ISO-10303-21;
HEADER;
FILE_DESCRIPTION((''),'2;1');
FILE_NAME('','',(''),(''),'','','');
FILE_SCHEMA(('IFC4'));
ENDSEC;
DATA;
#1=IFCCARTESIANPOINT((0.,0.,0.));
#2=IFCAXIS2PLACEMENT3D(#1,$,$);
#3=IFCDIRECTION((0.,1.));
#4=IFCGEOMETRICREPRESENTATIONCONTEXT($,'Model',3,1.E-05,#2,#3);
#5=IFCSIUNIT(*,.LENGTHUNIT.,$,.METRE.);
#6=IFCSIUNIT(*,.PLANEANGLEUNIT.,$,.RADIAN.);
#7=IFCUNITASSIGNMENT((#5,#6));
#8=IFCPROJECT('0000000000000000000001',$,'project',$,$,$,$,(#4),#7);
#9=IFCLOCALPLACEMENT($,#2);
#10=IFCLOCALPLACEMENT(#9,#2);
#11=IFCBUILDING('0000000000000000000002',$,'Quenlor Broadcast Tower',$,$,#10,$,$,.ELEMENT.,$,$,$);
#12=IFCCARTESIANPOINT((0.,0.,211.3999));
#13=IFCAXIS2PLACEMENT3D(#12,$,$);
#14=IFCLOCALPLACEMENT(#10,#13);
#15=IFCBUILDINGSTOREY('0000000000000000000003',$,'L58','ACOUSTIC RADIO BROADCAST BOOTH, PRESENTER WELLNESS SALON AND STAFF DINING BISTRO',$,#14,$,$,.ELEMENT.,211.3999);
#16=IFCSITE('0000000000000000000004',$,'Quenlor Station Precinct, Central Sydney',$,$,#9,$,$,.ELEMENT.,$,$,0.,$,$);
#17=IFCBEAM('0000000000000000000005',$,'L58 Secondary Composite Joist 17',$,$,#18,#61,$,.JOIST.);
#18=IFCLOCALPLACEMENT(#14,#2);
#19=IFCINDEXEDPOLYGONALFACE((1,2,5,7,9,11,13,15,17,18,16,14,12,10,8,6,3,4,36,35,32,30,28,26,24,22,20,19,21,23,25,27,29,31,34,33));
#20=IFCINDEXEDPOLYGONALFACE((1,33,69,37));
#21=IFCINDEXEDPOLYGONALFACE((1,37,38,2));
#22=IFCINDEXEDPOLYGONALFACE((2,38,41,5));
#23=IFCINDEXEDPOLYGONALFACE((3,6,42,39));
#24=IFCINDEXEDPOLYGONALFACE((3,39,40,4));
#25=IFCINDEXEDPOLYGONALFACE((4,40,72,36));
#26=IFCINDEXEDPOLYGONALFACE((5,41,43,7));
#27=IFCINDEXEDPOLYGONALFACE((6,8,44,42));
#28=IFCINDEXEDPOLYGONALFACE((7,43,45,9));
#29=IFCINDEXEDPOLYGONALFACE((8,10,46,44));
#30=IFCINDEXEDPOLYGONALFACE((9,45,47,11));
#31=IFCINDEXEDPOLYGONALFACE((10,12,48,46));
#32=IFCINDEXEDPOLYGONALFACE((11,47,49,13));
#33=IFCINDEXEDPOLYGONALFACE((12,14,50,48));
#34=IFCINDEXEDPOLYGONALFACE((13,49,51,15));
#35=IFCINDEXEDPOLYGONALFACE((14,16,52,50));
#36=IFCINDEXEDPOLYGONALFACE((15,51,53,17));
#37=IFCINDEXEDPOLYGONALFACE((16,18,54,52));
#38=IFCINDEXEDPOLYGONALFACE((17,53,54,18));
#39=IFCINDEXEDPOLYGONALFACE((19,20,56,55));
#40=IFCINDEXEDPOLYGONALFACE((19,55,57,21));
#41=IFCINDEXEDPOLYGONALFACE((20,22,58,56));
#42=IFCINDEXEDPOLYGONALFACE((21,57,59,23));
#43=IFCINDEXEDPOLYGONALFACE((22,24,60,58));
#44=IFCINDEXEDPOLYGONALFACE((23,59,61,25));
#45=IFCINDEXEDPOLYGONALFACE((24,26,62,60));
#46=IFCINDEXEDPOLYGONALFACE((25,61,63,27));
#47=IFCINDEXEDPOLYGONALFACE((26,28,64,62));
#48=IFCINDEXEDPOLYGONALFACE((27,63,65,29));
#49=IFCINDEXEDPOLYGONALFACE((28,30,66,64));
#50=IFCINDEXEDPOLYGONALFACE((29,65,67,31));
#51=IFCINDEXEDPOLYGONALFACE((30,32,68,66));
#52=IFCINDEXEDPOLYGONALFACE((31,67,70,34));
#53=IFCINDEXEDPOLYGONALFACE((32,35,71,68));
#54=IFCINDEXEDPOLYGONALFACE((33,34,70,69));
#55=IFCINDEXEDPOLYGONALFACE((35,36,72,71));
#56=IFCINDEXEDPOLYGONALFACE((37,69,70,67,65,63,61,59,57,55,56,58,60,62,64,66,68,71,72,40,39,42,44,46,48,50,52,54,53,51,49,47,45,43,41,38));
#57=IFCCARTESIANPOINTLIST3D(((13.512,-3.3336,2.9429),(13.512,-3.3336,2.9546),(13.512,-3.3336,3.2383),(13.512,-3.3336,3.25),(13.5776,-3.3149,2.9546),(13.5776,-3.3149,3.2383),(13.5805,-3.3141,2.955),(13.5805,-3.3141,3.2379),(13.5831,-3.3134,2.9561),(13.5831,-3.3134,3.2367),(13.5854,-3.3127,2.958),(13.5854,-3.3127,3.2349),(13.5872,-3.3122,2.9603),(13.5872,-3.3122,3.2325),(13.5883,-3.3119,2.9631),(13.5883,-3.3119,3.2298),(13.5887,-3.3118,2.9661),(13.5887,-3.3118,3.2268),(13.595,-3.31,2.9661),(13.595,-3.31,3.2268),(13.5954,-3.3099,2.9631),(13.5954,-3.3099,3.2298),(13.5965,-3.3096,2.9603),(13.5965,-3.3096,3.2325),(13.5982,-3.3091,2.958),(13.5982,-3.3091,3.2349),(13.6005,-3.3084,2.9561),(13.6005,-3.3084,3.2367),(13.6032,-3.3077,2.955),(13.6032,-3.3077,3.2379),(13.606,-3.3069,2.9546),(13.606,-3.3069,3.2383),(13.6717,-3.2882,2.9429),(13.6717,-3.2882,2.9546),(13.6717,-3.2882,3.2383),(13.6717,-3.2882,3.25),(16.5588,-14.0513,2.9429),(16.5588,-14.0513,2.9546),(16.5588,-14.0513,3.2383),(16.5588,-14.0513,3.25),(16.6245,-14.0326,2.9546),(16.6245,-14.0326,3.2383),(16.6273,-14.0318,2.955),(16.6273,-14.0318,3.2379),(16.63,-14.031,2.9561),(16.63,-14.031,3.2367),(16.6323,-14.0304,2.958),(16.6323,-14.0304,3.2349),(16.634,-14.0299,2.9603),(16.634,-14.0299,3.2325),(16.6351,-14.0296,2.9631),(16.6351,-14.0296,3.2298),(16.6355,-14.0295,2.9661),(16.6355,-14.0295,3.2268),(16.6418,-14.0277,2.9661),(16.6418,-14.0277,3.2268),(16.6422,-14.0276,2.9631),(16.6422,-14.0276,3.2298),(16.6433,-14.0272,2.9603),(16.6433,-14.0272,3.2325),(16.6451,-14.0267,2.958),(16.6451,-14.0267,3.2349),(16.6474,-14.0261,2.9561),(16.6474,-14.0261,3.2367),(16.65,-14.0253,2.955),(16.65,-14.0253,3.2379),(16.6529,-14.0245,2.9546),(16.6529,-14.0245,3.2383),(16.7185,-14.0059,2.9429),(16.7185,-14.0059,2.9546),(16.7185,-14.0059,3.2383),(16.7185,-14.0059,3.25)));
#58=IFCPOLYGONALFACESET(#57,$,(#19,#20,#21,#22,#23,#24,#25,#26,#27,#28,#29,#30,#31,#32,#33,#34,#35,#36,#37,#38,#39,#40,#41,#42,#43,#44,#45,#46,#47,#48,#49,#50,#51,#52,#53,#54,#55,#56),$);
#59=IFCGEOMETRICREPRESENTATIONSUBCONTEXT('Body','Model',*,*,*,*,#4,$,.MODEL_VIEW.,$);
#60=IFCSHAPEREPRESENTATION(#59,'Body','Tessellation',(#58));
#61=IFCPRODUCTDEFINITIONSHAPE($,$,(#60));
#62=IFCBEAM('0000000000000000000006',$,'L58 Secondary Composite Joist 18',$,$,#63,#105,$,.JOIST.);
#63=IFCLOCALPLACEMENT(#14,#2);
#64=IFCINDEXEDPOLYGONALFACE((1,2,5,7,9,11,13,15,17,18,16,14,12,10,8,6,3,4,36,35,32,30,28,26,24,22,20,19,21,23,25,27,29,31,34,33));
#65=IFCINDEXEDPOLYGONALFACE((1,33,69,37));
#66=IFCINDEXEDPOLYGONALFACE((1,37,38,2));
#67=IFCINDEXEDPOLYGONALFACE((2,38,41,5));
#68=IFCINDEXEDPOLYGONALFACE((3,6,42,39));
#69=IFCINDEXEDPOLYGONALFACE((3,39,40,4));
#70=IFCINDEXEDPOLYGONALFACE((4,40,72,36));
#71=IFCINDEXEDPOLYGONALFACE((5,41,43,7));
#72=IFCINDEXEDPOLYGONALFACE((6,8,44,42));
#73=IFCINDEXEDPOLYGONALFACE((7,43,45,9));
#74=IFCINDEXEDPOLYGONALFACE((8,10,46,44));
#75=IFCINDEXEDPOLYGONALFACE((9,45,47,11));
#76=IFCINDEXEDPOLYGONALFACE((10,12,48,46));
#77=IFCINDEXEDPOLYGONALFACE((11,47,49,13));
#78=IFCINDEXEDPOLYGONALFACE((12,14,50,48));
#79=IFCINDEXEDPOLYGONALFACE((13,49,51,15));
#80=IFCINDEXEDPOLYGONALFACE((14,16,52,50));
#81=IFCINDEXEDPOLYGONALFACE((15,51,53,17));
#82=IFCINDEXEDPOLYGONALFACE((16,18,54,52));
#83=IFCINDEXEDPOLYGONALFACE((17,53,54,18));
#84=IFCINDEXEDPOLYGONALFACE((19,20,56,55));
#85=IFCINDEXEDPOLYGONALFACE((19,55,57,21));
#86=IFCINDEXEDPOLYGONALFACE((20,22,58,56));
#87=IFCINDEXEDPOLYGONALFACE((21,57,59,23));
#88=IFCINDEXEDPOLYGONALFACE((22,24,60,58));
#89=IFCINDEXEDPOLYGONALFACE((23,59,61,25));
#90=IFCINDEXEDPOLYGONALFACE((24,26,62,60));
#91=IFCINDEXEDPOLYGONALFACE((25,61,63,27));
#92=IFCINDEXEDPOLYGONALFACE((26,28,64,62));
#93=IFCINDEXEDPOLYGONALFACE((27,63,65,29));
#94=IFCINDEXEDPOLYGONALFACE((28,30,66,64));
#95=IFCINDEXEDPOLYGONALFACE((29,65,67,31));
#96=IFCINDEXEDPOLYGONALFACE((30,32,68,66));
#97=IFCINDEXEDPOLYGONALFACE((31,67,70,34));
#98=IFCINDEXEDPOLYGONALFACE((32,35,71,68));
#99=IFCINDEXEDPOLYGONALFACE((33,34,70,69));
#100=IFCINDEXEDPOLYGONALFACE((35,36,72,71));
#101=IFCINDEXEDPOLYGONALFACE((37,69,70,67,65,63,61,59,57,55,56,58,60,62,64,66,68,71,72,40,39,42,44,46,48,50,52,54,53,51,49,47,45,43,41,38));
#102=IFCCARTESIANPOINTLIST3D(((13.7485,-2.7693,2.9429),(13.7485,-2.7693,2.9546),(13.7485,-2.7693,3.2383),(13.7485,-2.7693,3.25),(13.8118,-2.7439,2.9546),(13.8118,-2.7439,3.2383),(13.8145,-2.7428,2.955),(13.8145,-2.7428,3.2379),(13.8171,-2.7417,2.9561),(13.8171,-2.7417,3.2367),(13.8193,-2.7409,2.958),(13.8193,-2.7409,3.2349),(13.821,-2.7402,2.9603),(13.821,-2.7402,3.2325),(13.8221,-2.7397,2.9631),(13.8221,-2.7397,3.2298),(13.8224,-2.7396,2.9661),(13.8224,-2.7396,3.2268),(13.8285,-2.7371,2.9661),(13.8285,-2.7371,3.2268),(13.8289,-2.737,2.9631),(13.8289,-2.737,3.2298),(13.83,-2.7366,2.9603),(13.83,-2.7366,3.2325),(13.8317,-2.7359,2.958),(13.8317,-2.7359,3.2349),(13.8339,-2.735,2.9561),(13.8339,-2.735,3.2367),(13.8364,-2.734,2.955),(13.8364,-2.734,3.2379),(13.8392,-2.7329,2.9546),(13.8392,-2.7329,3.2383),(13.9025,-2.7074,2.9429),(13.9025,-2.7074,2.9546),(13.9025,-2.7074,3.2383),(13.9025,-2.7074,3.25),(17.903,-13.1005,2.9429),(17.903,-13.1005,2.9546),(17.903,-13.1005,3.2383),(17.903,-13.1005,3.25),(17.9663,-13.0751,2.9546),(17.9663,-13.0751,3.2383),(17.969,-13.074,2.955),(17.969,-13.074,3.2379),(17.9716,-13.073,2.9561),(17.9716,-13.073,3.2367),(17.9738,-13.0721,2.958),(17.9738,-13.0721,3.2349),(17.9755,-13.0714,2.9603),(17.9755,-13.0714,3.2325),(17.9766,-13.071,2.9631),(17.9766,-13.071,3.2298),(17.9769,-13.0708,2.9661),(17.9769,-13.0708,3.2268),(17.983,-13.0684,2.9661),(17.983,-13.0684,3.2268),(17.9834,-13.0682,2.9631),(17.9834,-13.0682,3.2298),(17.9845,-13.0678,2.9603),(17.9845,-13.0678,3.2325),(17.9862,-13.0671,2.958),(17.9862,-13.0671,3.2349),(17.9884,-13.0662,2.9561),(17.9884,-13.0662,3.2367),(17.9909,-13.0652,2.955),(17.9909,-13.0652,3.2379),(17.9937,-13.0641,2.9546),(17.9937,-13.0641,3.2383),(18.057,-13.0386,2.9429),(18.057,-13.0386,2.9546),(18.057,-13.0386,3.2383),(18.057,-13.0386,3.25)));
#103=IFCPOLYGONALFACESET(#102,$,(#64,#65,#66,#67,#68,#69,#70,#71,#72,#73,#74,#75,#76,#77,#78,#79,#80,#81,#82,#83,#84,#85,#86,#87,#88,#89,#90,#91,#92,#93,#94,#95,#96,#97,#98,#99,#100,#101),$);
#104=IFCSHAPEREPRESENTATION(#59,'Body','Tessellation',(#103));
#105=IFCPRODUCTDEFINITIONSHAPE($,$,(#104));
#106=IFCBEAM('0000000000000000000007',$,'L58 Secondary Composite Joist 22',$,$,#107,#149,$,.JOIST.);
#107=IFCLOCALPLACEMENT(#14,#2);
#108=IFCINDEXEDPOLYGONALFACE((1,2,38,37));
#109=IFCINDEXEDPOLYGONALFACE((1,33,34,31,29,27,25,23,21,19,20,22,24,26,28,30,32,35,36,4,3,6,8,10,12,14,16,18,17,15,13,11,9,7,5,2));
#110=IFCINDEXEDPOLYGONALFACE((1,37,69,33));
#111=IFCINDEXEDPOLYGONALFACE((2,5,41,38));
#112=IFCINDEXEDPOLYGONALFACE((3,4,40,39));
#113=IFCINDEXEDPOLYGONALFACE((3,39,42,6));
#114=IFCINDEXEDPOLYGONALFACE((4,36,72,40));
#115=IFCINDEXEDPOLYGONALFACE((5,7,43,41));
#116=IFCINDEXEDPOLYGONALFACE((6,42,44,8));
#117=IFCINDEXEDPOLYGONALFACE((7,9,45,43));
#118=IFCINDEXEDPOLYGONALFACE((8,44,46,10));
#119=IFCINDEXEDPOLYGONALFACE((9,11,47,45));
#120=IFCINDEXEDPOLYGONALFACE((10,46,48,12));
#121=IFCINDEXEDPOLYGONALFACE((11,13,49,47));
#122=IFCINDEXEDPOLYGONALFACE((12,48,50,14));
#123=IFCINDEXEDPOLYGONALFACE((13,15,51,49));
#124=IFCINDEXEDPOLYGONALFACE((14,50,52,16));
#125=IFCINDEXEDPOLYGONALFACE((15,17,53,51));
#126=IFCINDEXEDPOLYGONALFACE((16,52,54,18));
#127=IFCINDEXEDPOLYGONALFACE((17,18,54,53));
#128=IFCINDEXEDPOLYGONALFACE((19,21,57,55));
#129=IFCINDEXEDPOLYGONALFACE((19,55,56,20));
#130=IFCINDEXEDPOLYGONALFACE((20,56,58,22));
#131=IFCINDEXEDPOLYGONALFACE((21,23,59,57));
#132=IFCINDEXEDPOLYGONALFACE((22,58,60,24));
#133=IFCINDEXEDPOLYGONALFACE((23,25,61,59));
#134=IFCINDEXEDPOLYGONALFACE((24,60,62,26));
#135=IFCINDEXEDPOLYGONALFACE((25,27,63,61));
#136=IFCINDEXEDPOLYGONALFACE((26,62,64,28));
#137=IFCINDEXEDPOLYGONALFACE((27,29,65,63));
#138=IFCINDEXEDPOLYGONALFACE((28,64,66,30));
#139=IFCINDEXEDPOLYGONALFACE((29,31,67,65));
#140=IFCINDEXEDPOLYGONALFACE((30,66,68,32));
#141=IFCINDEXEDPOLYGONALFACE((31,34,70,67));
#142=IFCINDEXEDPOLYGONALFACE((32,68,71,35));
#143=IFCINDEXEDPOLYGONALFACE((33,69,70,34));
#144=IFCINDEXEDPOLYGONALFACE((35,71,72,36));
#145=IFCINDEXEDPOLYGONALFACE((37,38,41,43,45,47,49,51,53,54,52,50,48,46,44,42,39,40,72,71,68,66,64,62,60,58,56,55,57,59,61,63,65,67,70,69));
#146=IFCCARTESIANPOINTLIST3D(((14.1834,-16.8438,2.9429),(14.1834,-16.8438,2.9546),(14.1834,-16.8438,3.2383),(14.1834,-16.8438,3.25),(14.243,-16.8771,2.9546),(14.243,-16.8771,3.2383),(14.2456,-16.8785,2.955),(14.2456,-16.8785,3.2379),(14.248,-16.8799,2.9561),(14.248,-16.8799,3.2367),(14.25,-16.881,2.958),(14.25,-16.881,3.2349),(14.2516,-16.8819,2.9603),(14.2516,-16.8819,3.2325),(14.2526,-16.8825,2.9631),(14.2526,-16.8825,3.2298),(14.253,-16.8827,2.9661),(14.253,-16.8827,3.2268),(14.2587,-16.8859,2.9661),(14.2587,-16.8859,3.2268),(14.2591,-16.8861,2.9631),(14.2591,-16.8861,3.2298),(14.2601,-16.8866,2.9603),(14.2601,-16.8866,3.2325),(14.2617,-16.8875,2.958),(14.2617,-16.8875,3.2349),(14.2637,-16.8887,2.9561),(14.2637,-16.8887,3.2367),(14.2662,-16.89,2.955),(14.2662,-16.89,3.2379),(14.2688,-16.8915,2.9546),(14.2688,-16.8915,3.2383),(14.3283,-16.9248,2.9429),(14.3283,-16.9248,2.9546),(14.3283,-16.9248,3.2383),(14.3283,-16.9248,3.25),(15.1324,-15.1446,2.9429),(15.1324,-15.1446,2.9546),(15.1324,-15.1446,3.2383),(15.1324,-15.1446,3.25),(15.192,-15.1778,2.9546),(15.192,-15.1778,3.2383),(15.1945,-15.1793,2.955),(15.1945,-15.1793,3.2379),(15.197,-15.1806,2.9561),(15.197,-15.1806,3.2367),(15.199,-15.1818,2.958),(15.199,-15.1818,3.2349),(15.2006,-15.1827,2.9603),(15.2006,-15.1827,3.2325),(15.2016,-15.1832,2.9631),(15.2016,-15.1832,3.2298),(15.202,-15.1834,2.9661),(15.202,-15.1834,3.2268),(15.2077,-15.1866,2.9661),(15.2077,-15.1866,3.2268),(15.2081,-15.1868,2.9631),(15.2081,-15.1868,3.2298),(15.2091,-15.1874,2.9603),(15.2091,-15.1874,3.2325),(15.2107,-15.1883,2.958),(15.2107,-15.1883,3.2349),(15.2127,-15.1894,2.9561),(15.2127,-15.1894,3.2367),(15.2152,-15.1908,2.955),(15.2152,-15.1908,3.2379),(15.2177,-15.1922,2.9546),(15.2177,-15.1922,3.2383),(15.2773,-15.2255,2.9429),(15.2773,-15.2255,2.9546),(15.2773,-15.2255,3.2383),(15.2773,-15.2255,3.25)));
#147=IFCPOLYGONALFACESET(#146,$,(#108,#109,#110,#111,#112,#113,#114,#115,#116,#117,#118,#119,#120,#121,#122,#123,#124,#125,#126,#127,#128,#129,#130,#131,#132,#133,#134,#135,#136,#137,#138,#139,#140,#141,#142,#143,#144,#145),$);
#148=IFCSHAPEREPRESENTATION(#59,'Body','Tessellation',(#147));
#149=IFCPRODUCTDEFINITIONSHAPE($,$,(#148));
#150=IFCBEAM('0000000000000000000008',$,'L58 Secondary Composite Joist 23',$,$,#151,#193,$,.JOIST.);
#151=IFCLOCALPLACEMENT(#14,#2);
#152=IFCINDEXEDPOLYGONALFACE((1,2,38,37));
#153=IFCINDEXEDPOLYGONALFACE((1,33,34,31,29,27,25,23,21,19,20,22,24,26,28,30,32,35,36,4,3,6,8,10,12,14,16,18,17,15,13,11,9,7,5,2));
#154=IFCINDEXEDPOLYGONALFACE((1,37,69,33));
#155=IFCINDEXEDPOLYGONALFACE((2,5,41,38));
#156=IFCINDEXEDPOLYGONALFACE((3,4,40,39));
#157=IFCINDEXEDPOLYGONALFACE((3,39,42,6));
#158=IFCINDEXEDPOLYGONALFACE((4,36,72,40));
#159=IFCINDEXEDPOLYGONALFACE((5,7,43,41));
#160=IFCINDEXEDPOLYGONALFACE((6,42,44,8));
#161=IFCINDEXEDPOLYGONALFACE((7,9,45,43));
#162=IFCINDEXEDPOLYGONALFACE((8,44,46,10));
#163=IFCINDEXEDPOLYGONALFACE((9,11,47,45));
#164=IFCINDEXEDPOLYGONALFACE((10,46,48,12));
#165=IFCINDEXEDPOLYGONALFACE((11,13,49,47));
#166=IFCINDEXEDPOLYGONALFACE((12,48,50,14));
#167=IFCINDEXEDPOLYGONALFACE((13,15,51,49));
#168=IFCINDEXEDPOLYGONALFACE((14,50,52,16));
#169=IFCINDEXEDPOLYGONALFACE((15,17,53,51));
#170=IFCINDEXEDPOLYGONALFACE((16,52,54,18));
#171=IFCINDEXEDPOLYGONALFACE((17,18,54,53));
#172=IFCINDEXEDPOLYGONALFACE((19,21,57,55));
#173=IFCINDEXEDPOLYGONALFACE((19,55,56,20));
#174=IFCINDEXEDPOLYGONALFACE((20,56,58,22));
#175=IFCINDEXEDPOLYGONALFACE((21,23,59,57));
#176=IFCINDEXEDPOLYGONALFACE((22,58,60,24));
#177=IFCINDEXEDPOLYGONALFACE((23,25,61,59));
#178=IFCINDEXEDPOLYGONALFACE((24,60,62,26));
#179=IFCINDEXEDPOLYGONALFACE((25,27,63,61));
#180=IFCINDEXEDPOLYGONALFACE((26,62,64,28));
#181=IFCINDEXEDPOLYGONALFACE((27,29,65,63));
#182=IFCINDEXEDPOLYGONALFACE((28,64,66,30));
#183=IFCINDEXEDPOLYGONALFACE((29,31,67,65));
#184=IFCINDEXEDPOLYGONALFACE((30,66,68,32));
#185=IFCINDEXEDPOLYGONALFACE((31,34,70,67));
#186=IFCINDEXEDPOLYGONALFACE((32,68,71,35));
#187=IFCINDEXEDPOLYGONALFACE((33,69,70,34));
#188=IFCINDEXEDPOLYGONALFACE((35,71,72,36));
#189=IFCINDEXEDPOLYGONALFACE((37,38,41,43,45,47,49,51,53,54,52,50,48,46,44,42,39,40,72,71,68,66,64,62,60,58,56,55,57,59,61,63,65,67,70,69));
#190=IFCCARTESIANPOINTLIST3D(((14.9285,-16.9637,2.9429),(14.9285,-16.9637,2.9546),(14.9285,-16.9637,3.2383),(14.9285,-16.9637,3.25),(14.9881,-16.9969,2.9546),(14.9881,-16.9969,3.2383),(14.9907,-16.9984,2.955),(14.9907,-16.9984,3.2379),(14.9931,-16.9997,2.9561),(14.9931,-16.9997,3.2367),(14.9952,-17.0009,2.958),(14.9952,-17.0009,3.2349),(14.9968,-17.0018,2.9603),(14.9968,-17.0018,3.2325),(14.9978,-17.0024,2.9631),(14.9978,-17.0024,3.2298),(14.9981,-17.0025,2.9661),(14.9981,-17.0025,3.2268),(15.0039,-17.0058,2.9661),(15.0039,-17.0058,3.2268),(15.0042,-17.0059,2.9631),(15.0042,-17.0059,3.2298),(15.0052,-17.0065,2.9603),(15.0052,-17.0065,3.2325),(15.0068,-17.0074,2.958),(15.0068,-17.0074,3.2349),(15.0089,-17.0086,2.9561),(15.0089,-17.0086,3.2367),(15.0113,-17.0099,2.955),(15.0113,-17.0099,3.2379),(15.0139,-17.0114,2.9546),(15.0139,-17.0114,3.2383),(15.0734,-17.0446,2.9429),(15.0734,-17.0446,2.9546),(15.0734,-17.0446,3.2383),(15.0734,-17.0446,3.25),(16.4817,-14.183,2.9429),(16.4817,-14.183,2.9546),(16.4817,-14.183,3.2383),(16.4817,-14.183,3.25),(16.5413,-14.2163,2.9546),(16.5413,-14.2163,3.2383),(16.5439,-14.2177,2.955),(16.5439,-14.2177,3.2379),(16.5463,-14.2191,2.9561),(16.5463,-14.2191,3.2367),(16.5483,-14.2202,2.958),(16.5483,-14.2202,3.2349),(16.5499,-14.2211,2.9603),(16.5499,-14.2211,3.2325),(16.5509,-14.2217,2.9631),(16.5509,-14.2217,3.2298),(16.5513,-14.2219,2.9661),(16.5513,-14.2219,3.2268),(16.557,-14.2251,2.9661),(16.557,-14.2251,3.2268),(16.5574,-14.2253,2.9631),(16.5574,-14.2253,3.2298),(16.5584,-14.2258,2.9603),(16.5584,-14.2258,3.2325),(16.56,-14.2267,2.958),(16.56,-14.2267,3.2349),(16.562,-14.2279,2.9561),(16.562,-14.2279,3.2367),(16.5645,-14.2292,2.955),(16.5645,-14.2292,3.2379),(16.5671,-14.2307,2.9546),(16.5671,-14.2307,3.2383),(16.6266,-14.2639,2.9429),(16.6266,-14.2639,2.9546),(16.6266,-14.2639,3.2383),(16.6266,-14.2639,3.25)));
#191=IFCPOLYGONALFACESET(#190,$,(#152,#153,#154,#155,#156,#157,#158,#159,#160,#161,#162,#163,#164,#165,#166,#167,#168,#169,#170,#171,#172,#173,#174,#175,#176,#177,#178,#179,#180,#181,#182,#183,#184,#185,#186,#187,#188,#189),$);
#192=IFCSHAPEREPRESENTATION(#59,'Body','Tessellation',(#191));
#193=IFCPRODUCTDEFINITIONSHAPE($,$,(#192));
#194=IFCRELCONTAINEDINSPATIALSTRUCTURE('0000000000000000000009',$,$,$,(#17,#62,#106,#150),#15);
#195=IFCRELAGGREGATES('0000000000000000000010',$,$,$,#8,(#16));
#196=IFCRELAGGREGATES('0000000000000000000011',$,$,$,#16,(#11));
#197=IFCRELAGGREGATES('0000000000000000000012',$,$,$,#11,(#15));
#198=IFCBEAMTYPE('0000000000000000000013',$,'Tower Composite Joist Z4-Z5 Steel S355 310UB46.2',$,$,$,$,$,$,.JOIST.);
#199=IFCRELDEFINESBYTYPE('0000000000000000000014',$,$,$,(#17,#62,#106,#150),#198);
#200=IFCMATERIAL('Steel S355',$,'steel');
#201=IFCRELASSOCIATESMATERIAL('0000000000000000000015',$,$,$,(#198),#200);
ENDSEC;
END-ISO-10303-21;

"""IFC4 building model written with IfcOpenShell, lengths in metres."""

from ifc_helpers import new_model, si_unit, direction, frame, origin, origin_2d, place, context, subcontext, project, spatial, i_section, extrude, material, material_profile, profile_set, type_object, element, save


model = new_model("IFC4")

# Units and contexts
model_context = context("Model", 3, precision=1e-05, world=origin(), true_north=direction((0.0, 1.0)))
body_context = subcontext(model_context, "Body", "Model", "MODEL_VIEW")
ifc_project = project(units=[si_unit("LENGTHUNIT", "METRE"), si_unit("PLANEANGLEUNIT", "RADIAN")], contexts=[model_context])

# Site, building, storey
site_placement = place(None, origin())
site = spatial("IfcSite", under=ifc_project, at=site_placement, Name="Quenlor Station Precinct, Central Sydney", CompositionType="ELEMENT", RefElevation=0.0)
building_placement = place(site_placement, origin())
building = spatial("IfcBuilding", under=site, at=building_placement, Name="Quenlor Broadcast Tower", CompositionType="ELEMENT")
storey_placement = place(building_placement, frame((0.0, 0.0, 211.3999)))
storey = spatial("IfcBuildingStorey", under=building, at=storey_placement, Name="L58", Description="ACOUSTIC RADIO BROADCAST BOOTH, PRESENTER WELLNESS SALON AND STAFF DINING BISTRO", CompositionType="ELEMENT", Elevation=211.3999)

# Beams
ifc_material_1 = material(Name="Steel S355", Category="steel")
ifc_material_profile_1 = material_profile(ifc_material_1, i_section(OverallWidth=0.166, OverallDepth=0.3071, WebThickness=0.0066, FlangeThickness=0.0117, FilletRadius=0.0115, at=origin_2d()))
ifc_profile_set_1 = profile_set([ifc_material_profile_1], Name="Steel S355 310UB46.2")
beam_type_1 = type_object("IfcBeamType", Name="Tower Composite Joist Z4-Z5 Steel S355 310UB46.2", PredefinedType="JOIST", material=ifc_profile_set_1)
beam_1_placement = place(storey_placement, frame((16.6387, -14.0286, 3.0964), z_axis=(-0.273448, 0.961887, 0.0), x_axis=(-0.961887, -0.273448, 0.0)))
element("IfcBeam", 1, at=beam_1_placement, inside=storey, type_object=beam_type_1, Name="L58 Secondary Composite Joist 17", PredefinedType="JOIST", context=body_context, shape_type="SweptSolid", body=[
    extrude(i_section(OverallWidth=0.166, OverallDepth=0.3071, WebThickness=0.0066, FlangeThickness=0.0117, FilletRadius=0.0115, at=origin_2d()), origin(), (0.0, 0.0, 1.0), 11.1423),
])
beam_2_placement = place(storey_placement, frame((17.98, -13.0696, 3.0964), z_axis=(-0.373095, 0.927793, 0.0), x_axis=(-0.927793, -0.373095, 0.0)))
element("IfcBeam", 2, at=beam_2_placement, inside=storey, type_object=beam_type_1, Name="L58 Secondary Composite Joist 18", PredefinedType="JOIST", context=body_context, shape_type="SweptSolid", body=[
    extrude(i_section(OverallWidth=0.166, OverallDepth=0.3071, WebThickness=0.0066, FlangeThickness=0.0117, FilletRadius=0.0115, at=origin_2d()), origin(), (0.0, 0.0, 1.0), 11.1353),
])
beam_3_placement = place(storey_placement, frame((14.2559, -16.8843, 3.0964), z_axis=(0.487591, 0.873072, 0.0), x_axis=(-0.873072, 0.487591, 0.0)))
element("IfcBeam", 3, at=beam_3_placement, inside=storey, type_object=beam_type_1, Name="L58 Secondary Composite Joist 22", PredefinedType="JOIST", context=body_context, shape_type="SweptSolid", body=[
    extrude(i_section(OverallWidth=0.166, OverallDepth=0.3071, WebThickness=0.0066, FlangeThickness=0.0117, FilletRadius=0.0115, at=origin_2d()), origin(), (0.0, 0.0, 1.0), 1.9463),
])
beam_4_placement = place(storey_placement, frame((15.001, -17.0042, 3.0964), z_axis=(0.487646, 0.873041, 0.0), x_axis=(-0.873041, 0.487646, 0.0)))
element("IfcBeam", 4, at=beam_4_placement, inside=storey, type_object=beam_type_1, Name="L58 Secondary Composite Joist 23", PredefinedType="JOIST", context=body_context, shape_type="SweptSolid", body=[
    extrude(i_section(OverallWidth=0.166, OverallDepth=0.3071, WebThickness=0.0066, FlangeThickness=0.0117, FilletRadius=0.0115, at=origin_2d()), origin(), (0.0, 0.0, 1.0), 3.1851),
])

save(model, "model.ifc")
